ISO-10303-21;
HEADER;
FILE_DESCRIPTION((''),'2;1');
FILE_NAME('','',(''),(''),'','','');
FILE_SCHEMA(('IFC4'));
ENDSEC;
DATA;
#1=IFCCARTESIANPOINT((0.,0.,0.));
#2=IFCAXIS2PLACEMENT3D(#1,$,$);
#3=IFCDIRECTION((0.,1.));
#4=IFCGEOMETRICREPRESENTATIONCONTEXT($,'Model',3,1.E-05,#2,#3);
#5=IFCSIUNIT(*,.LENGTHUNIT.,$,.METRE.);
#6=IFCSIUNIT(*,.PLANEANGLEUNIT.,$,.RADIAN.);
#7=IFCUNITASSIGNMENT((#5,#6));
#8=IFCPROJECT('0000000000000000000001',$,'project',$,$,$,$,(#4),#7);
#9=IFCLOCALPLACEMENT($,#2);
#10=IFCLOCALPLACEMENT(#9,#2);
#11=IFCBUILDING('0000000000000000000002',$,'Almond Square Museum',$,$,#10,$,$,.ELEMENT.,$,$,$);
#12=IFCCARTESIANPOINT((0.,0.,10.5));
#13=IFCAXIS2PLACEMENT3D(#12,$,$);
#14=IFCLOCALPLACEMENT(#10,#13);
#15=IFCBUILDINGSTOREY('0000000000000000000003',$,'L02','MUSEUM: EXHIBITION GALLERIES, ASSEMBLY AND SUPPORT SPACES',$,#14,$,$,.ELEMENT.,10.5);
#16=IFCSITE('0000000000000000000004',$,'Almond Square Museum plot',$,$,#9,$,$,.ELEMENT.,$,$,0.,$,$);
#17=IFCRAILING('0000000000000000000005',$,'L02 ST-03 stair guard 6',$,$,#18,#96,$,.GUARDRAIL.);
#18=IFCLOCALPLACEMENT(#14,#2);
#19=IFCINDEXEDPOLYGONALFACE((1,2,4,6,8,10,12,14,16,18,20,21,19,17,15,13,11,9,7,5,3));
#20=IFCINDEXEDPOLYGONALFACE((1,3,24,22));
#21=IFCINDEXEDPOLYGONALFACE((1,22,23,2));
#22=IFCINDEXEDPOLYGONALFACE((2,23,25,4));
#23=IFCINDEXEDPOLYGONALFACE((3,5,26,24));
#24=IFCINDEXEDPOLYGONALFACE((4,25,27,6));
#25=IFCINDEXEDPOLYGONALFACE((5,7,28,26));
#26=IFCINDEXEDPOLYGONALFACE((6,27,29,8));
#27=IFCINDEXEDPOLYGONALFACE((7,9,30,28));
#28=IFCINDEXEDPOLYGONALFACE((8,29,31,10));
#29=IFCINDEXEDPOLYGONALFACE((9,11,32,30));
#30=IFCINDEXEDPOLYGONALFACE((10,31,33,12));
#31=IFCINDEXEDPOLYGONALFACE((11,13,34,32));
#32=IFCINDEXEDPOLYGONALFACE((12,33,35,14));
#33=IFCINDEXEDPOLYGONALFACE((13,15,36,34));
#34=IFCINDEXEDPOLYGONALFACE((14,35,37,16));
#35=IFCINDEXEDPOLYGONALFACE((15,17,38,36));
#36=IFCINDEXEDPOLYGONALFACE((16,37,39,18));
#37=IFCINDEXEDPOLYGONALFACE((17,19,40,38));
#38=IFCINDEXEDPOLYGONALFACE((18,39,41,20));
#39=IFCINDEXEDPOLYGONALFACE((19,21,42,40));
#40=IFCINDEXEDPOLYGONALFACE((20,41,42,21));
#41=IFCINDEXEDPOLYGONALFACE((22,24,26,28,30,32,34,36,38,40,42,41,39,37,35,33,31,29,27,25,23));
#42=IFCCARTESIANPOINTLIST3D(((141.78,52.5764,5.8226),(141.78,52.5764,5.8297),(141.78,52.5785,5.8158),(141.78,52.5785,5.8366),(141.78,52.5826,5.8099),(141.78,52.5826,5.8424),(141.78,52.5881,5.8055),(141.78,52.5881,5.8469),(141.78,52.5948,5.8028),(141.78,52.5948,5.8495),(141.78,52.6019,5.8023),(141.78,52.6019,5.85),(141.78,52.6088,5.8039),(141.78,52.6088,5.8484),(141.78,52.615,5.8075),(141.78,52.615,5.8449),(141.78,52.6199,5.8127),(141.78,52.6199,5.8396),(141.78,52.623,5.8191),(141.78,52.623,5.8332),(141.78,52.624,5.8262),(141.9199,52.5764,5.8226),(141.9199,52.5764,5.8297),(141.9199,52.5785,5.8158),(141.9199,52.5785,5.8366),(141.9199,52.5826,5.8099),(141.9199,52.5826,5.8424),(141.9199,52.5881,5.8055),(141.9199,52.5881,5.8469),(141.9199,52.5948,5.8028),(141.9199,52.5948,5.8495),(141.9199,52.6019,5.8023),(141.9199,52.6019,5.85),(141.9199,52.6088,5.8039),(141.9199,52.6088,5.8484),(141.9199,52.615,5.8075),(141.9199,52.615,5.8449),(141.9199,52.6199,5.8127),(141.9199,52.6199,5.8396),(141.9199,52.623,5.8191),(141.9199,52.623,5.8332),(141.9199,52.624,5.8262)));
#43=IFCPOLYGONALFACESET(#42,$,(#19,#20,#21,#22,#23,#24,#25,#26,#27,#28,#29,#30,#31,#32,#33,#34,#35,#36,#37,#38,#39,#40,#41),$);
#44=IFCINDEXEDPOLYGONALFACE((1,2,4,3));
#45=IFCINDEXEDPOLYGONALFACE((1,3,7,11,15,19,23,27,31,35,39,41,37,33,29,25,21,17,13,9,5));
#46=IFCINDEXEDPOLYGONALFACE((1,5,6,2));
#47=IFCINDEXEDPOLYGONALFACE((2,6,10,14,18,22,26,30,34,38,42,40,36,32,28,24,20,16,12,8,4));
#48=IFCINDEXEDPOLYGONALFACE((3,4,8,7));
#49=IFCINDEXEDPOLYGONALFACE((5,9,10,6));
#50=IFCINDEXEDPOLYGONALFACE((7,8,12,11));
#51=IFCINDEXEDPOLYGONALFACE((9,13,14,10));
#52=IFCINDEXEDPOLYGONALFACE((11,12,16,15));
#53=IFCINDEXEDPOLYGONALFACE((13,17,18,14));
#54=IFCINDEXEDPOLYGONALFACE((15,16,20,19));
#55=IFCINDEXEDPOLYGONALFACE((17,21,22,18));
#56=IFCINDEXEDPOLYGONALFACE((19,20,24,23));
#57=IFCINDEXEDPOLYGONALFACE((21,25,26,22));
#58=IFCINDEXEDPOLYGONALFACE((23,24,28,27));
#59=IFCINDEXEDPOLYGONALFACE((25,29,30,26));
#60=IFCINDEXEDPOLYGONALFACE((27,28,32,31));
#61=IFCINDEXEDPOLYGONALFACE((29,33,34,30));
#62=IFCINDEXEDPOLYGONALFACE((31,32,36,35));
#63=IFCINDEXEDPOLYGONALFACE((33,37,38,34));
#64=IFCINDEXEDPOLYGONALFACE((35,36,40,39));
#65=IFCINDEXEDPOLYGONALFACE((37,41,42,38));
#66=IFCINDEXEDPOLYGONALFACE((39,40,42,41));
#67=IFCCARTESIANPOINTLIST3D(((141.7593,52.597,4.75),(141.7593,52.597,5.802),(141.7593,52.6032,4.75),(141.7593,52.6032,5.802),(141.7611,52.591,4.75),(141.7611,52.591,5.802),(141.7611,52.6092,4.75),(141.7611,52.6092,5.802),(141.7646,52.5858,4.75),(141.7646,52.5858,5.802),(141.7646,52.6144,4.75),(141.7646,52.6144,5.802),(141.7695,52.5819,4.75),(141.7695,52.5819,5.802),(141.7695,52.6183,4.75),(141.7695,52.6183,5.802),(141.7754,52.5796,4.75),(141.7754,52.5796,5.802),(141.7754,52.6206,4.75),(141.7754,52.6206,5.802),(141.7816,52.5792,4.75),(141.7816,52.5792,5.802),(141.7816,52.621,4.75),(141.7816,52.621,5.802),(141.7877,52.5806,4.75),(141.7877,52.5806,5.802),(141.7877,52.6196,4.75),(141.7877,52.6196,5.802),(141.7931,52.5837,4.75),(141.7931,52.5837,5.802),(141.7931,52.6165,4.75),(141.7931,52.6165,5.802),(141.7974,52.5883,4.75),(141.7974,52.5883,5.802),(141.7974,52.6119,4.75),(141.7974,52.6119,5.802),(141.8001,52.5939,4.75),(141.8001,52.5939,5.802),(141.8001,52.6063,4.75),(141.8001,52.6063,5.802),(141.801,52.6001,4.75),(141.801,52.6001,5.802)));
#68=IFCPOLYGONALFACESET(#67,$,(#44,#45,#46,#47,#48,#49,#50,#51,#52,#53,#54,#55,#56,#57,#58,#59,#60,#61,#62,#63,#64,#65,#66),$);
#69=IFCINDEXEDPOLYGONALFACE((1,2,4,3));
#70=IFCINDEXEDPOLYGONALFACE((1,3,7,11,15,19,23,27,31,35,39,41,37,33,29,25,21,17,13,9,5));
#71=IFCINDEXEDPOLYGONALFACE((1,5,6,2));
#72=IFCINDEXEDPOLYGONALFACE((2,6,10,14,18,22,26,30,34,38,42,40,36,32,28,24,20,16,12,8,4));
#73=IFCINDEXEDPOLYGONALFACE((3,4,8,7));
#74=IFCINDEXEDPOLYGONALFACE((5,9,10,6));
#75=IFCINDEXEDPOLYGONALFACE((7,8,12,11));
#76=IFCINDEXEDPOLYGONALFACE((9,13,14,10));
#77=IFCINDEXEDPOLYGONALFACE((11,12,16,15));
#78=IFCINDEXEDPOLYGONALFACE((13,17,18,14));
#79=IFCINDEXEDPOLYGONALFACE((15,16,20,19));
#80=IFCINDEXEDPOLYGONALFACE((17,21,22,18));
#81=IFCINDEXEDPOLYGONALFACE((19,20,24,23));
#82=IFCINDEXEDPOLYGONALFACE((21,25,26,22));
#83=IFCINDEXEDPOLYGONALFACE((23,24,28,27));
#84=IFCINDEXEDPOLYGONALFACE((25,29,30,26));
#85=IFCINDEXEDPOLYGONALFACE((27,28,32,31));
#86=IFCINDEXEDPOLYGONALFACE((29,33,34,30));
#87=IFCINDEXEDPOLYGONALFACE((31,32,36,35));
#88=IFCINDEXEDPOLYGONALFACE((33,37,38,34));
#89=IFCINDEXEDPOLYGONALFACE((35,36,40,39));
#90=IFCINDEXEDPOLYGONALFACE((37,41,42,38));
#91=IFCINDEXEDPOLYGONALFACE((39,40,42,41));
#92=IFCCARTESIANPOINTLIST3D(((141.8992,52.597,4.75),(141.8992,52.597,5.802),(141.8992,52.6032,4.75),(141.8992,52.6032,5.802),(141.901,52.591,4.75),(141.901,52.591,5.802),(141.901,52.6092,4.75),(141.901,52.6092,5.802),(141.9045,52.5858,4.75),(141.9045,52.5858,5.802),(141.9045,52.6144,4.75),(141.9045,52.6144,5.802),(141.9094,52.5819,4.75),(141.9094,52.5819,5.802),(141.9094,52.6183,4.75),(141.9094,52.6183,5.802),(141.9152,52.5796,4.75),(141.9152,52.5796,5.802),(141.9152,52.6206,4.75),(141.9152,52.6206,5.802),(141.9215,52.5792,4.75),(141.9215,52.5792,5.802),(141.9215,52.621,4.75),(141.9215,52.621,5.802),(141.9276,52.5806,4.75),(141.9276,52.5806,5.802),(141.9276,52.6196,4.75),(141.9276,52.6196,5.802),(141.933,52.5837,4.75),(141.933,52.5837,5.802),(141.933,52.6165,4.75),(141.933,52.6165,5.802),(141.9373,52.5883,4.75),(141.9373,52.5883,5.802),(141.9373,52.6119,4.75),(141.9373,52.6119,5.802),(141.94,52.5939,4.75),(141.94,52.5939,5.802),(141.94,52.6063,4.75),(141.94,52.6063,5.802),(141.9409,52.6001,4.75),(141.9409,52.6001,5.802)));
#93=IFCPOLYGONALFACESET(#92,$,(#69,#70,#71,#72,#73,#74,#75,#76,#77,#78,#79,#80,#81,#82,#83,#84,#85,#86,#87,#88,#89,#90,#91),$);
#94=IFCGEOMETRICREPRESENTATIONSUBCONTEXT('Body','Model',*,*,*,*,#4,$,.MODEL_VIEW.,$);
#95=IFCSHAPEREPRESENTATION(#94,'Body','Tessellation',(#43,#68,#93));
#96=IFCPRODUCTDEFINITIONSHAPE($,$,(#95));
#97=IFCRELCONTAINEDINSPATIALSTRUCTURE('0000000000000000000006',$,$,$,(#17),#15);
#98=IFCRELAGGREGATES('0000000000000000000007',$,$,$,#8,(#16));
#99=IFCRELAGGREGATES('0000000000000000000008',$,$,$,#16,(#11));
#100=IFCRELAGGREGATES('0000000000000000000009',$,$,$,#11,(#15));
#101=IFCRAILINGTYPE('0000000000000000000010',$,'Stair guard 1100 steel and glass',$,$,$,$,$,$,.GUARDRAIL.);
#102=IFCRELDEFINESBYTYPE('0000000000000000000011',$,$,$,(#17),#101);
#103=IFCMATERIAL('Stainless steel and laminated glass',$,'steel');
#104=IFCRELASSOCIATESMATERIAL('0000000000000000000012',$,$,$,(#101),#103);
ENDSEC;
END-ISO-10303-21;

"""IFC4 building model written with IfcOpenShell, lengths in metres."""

from ifc_helpers import new_model, si_unit, direction, frame, origin, origin_2d, place, context, subcontext, project, spatial, circle, extrude, material, type_object, element, save


model = new_model("IFC4")

# Units and contexts
model_context = context("Model", 3, precision=1e-05, world=origin(), true_north=direction((0.0, 1.0)))
body_context = subcontext(model_context, "Body", "Model", "MODEL_VIEW")
ifc_project = project(units=[si_unit("LENGTHUNIT", "METRE"), si_unit("PLANEANGLEUNIT", "RADIAN")], contexts=[model_context])

# Site, building, storey
site_placement = place(None, origin())
site = spatial("IfcSite", under=ifc_project, at=site_placement, Name="Almond Square Museum plot", CompositionType="ELEMENT", RefElevation=0.0)
building_placement = place(site_placement, origin())
building = spatial("IfcBuilding", under=site, at=building_placement, Name="Almond Square Museum", CompositionType="ELEMENT")
storey_placement = place(building_placement, frame((0.0, 0.0, 10.5)))
storey = spatial("IfcBuildingStorey", under=building, at=storey_placement, Name="L02", Description="MUSEUM: EXHIBITION GALLERIES, ASSEMBLY AND SUPPORT SPACES", CompositionType="ELEMENT", Elevation=10.5)

# Railing
ifc_material_1 = material(Name="Stainless steel and laminated glass", Category="steel")
railing_type_1 = type_object("IfcRailingType", Name="Stair guard 1100 steel and glass", PredefinedType="GUARDRAIL", material=ifc_material_1)
railing_1_placement = place(storey_placement, frame((141.78, 52.6001, 4.75)))
element("IfcRailing", 1, at=railing_1_placement, inside=storey, type_object=railing_type_1, Name="L02 ST-03 stair guard 6", PredefinedType="GUARDRAIL", context=body_context, shape_type="SweptSolid", body=[
    extrude(circle(Radius=0.0239, at=origin_2d()), frame((0.0, 0.0, 1.0762), z_axis=(1.0, 0.0, 0.0), x_axis=(0.0, 1.0, 0.0)), (0.0, 0.0, 1.0), 0.1399),
    extrude(circle(Radius=0.021, at=origin_2d()), origin(), (0.0, 0.0, 1.0), 1.052),
    extrude(circle(Radius=0.021, at=origin_2d()), frame((0.1399, 0.0, 0.0)), (0.0, 0.0, 1.0), 1.052),
])

save(model, "model.ifc")
